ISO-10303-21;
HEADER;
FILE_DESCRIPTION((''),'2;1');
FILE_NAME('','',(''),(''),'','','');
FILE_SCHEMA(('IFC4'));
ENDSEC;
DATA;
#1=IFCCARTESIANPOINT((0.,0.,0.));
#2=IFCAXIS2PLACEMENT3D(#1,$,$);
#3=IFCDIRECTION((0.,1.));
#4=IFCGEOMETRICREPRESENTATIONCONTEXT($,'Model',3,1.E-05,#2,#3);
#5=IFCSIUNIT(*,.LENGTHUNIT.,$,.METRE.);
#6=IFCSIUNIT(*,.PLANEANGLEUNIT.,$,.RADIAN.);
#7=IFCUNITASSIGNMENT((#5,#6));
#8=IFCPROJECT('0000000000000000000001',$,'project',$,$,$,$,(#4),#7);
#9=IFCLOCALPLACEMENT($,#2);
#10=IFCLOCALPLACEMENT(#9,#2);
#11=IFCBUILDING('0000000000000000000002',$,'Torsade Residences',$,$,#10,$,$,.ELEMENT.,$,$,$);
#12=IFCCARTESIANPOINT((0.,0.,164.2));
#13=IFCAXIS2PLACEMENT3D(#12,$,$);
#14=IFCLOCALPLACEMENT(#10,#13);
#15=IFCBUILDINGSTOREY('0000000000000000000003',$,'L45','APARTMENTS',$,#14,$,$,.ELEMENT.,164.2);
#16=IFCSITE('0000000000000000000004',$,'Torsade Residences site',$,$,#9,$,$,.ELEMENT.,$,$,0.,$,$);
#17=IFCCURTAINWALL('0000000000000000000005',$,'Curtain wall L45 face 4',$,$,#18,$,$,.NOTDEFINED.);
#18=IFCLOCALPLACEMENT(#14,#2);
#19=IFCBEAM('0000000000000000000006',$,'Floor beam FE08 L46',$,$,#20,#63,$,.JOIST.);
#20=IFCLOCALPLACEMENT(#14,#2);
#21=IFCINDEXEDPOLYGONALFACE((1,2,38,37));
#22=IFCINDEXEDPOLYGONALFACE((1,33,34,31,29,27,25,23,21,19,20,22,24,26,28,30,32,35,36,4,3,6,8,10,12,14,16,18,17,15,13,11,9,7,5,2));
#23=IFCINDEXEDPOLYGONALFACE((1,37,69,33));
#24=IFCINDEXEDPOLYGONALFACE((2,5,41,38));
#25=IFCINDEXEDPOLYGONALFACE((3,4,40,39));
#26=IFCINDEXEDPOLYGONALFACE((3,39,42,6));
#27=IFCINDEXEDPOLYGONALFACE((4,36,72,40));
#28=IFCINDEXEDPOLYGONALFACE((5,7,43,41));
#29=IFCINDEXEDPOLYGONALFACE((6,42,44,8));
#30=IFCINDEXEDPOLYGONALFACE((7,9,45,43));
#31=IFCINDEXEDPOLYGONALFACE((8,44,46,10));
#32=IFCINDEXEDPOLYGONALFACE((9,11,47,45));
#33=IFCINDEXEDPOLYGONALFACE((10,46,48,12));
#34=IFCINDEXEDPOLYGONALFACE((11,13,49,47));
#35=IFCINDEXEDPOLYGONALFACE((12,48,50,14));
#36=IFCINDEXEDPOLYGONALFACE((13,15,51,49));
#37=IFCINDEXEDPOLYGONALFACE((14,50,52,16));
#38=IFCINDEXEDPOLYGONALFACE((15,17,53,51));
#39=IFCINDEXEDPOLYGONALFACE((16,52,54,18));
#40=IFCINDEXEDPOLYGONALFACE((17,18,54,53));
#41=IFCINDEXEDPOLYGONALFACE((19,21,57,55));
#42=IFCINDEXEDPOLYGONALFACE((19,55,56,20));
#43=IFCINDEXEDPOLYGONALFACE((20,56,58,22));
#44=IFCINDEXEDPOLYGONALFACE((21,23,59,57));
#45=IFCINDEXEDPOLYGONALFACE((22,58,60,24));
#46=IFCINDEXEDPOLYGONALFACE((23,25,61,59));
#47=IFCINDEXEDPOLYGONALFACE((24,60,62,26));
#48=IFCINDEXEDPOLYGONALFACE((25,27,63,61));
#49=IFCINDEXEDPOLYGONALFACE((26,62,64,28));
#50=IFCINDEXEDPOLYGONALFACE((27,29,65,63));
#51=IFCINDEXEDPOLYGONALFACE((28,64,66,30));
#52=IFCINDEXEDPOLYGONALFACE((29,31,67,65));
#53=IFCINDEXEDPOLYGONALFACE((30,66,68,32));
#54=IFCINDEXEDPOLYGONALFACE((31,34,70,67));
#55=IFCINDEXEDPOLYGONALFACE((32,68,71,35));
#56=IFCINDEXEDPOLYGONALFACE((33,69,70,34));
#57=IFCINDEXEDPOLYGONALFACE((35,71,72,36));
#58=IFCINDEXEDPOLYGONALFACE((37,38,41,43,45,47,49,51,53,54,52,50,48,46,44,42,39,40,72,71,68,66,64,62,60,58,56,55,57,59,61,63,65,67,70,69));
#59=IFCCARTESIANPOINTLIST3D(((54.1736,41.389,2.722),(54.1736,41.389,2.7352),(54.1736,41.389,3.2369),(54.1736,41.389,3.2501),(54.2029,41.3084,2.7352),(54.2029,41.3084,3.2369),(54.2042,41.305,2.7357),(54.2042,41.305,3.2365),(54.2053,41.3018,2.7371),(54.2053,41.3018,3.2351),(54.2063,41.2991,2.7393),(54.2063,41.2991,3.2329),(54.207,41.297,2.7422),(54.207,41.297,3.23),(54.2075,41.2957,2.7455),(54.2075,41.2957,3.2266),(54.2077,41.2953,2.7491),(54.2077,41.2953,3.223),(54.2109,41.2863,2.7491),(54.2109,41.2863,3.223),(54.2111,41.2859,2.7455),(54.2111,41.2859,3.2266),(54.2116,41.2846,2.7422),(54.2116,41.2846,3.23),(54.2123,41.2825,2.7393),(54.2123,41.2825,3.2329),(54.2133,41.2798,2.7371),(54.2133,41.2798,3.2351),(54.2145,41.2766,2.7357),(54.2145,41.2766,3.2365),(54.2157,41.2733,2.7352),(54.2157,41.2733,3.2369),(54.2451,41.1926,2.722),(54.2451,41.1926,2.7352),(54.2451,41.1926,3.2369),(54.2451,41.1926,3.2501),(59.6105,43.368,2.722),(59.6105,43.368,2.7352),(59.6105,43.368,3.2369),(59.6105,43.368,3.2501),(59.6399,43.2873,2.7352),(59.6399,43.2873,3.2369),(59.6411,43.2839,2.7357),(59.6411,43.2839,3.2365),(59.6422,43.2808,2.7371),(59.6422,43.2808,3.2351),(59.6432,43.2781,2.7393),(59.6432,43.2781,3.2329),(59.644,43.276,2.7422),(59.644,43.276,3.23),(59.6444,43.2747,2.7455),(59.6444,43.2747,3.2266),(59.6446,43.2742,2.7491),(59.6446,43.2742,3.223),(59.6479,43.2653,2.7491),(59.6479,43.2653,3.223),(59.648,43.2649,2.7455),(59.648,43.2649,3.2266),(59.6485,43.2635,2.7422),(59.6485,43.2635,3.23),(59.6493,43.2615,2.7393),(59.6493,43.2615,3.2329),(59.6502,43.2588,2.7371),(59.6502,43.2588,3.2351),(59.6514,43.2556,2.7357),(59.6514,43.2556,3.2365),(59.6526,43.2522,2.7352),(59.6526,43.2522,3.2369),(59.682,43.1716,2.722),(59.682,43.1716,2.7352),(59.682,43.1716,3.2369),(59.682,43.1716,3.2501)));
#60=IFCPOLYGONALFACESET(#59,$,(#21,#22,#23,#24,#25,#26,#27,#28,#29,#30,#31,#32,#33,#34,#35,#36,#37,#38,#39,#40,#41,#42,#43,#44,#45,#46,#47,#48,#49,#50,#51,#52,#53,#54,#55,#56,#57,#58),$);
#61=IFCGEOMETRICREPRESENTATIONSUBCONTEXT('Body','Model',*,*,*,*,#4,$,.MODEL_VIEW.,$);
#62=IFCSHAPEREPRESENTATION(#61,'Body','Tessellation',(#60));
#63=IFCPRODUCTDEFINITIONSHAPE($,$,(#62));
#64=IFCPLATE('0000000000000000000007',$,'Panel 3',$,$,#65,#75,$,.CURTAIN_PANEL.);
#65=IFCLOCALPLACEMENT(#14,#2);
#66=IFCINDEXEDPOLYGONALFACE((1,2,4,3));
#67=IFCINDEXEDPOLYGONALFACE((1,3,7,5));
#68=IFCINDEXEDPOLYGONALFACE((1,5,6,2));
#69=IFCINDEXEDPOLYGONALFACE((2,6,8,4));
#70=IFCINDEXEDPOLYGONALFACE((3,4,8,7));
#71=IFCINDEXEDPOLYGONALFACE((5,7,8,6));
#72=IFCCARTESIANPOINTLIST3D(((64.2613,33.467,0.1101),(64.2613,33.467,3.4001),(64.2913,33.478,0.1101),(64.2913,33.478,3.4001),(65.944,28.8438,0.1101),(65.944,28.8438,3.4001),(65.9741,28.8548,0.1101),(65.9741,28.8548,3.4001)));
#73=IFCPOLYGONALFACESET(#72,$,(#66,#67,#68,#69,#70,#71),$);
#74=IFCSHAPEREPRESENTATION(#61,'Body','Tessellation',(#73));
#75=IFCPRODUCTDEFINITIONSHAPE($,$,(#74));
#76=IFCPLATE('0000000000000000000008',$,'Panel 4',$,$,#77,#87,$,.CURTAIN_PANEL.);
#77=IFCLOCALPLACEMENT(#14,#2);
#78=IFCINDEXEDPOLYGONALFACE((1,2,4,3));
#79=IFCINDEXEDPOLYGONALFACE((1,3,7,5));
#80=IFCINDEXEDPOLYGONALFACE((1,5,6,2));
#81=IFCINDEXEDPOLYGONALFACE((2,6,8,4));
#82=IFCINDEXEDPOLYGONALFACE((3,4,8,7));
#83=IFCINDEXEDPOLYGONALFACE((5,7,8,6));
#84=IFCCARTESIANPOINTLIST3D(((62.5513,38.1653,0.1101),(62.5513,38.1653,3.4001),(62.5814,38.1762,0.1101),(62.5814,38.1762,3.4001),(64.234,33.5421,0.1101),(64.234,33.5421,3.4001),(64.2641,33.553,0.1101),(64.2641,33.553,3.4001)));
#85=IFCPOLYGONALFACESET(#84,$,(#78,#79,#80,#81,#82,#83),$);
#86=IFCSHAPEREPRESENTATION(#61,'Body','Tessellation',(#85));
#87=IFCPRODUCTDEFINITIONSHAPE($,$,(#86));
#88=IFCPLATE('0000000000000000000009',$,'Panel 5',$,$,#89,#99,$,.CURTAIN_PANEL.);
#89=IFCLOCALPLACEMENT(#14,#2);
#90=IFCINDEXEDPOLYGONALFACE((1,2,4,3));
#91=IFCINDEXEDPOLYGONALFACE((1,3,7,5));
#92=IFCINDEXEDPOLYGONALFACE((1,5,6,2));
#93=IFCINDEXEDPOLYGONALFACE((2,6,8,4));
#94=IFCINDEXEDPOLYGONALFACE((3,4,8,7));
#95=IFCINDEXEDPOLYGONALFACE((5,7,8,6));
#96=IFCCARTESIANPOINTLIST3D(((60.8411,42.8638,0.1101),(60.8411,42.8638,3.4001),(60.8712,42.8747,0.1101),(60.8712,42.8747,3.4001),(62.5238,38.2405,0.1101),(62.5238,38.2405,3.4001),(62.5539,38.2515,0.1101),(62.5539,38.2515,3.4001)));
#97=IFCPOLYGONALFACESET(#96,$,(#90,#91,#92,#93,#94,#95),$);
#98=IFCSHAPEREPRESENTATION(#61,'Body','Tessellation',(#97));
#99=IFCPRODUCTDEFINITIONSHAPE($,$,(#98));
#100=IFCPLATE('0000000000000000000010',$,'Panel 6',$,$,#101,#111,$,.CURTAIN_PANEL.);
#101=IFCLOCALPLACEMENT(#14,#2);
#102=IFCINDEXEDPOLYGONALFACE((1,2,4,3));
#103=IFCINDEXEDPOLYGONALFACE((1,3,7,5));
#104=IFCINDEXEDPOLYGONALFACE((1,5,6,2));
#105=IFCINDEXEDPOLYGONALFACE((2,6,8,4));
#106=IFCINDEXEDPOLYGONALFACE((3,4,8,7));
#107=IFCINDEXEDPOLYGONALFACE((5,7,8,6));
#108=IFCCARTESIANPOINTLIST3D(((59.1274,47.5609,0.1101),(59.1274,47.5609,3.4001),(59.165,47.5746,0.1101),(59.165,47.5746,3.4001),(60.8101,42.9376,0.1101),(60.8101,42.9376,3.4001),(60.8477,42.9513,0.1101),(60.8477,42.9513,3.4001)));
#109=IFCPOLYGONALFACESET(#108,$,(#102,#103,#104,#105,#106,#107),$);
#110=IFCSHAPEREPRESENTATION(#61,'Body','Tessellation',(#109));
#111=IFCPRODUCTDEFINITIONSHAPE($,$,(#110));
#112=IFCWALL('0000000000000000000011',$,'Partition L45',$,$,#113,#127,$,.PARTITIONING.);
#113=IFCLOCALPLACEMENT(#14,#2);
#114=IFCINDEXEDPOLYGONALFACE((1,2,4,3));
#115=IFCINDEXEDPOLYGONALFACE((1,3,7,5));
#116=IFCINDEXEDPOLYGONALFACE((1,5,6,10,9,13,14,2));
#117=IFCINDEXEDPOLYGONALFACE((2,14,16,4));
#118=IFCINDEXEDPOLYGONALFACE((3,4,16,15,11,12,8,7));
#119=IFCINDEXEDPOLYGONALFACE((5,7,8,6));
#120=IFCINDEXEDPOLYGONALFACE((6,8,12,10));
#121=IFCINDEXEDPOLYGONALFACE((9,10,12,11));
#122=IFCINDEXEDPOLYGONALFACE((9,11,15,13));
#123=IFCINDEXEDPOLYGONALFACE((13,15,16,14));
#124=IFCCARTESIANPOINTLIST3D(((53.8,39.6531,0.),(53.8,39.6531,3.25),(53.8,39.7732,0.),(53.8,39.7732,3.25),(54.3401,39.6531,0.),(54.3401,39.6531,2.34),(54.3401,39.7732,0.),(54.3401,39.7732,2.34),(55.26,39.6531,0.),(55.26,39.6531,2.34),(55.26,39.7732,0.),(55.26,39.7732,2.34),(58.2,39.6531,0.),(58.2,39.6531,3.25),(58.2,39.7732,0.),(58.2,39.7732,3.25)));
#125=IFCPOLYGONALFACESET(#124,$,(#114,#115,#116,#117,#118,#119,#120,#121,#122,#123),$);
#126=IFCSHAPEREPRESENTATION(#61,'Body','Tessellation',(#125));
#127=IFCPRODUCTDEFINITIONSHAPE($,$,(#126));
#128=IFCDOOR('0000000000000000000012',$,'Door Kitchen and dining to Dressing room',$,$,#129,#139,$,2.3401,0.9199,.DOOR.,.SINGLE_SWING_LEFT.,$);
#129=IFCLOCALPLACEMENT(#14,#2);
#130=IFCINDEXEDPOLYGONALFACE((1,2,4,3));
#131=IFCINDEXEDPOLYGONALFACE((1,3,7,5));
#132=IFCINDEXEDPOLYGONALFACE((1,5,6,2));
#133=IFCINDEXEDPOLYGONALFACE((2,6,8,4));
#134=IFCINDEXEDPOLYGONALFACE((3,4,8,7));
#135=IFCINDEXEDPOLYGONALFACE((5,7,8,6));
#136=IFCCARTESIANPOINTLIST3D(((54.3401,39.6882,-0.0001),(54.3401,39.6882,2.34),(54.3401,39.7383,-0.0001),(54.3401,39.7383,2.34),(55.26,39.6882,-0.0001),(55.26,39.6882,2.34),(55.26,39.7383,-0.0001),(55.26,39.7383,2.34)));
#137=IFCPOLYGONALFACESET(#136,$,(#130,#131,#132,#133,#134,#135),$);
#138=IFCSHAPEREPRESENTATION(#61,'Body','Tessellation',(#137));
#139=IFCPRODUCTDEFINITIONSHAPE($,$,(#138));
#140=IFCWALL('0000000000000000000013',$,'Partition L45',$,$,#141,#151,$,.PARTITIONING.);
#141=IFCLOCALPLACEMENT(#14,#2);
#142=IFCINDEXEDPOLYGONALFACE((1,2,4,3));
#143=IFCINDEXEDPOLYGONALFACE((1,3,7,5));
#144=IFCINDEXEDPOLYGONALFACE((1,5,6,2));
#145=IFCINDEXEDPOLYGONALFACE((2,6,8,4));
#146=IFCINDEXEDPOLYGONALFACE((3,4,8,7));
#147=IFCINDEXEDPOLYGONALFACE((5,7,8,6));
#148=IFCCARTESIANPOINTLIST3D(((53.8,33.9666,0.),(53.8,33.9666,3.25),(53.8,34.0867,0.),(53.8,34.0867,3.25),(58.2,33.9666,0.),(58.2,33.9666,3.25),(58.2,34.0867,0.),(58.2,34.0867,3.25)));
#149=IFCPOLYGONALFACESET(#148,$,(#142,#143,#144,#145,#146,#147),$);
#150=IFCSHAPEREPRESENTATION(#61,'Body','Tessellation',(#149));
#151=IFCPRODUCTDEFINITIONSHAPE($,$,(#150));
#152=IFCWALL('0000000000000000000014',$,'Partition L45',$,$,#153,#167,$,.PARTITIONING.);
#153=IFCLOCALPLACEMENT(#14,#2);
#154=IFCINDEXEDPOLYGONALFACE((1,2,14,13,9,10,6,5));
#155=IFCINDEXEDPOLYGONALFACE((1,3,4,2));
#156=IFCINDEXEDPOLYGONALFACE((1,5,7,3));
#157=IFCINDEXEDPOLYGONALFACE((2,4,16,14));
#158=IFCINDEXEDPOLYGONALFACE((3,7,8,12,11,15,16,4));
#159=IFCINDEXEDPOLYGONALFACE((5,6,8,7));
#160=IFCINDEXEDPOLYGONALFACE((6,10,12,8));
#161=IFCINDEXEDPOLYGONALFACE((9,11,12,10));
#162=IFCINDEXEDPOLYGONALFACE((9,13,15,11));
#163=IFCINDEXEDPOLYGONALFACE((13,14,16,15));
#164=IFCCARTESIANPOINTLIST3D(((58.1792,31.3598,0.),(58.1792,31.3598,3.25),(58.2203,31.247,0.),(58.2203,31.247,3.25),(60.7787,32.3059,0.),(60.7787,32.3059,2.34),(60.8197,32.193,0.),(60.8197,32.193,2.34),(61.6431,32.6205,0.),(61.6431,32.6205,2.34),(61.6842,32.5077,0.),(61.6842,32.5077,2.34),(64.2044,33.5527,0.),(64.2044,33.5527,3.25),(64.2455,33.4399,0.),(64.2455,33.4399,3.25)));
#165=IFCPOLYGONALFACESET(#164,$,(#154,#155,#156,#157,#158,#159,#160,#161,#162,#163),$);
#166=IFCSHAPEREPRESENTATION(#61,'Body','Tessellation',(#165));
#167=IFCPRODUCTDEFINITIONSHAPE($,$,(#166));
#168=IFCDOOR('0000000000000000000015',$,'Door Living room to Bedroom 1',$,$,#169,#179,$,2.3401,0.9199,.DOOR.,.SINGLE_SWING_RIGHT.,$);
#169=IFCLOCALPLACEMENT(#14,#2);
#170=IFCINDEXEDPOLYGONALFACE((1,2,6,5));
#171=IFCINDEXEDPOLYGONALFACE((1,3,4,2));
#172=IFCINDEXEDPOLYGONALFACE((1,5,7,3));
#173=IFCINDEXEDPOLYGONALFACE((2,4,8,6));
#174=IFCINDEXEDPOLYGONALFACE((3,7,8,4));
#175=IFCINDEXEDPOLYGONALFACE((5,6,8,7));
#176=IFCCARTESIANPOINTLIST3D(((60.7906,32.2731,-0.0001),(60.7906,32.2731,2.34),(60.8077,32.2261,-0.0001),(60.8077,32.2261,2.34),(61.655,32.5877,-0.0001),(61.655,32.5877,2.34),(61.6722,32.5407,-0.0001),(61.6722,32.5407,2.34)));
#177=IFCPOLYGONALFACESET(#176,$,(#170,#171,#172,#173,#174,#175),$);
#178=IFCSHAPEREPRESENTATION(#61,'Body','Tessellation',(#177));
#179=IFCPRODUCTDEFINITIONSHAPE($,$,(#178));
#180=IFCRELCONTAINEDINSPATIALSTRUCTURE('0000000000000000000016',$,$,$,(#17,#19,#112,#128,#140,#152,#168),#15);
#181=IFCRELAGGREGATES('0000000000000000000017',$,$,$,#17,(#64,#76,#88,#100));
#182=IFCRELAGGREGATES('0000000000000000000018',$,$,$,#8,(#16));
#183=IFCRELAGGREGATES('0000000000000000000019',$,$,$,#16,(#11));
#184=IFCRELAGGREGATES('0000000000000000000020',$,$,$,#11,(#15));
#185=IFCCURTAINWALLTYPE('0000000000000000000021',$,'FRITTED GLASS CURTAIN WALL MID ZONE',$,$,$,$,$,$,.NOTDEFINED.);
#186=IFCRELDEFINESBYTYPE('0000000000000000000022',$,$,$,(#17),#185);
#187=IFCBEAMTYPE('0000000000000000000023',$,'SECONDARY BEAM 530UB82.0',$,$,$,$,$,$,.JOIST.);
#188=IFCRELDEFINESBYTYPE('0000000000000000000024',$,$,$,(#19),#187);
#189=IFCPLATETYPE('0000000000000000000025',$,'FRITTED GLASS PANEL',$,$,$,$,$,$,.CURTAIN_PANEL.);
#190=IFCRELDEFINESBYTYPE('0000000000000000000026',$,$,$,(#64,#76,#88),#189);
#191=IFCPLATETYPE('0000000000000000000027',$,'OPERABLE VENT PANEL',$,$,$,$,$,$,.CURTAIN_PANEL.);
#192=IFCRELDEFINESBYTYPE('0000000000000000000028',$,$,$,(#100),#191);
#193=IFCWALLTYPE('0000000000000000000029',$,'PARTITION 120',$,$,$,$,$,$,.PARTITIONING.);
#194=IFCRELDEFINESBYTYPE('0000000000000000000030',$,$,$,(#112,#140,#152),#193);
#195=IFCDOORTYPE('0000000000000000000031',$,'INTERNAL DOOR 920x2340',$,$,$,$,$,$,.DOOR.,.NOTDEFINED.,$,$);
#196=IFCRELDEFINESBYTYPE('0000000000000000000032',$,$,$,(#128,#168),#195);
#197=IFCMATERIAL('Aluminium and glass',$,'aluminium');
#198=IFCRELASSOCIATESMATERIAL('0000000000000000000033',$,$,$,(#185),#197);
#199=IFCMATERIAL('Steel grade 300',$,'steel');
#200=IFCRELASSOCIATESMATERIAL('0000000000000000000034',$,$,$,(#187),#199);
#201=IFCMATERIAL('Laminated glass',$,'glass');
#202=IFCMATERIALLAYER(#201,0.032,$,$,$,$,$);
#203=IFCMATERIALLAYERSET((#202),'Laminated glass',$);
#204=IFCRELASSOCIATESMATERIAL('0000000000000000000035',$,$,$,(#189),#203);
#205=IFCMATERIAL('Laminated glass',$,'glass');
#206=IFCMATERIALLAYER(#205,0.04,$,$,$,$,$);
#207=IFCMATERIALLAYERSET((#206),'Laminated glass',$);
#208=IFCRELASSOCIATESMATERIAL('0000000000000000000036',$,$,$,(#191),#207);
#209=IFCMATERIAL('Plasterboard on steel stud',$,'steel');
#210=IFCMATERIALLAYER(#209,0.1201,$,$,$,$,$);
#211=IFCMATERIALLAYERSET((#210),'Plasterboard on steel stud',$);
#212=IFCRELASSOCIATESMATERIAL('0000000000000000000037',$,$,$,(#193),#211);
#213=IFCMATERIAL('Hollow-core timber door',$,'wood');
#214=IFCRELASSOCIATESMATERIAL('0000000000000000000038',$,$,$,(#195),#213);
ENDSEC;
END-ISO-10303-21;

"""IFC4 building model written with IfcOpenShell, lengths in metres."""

from ifc_helpers import new_model, si_unit, direction, frame, frame_2d, origin, origin_2d, place, context, subcontext, project, spatial, rectangle, i_section, extrude, material, layer, layer_set, material_profile, profile_set, type_object, element, fill, aggregate, save


model = new_model("IFC4")

# Units and contexts
model_context = context("Model", 3, precision=1e-05, world=origin(), true_north=direction((0.0, 1.0)))
body_context = subcontext(model_context, "Body", "Model", "MODEL_VIEW")
ifc_project = project(units=[si_unit("LENGTHUNIT", "METRE"), si_unit("PLANEANGLEUNIT", "RADIAN")], contexts=[model_context])

# Site, building, storey
site_placement = place(None, origin())
site = spatial("IfcSite", under=ifc_project, at=site_placement, Name="Torsade Residences site", CompositionType="ELEMENT", RefElevation=0.0)
building_placement = place(site_placement, origin())
building = spatial("IfcBuilding", under=site, at=building_placement, Name="Torsade Residences", CompositionType="ELEMENT")
storey_placement = place(building_placement, frame((0.0, 0.0, 164.2)))
storey = spatial("IfcBuildingStorey", under=building, at=storey_placement, Name="L45", Description="APARTMENTS", CompositionType="ELEMENT", Elevation=164.2)

# Curtain wall
ifc_material_1 = material(Name="Aluminium and glass", Category="aluminium")
curtain_wall_type = type_object("IfcCurtainWallType", Name="FRITTED GLASS CURTAIN WALL MID ZONE", PredefinedType="NOTDEFINED", material=ifc_material_1)
curtain_wall_placement = place(storey_placement, origin())
curtain_wall = element("IfcCurtainWall", 1, at=curtain_wall_placement, inside=storey, type_object=curtain_wall_type, Name="Curtain wall L45 face 4", PredefinedType="NOTDEFINED")

# Beam
ifc_material_2 = material(Name="Steel grade 300", Category="steel")
ifc_material_profile_1 = material_profile(ifc_material_2, i_section(OverallWidth=0.209, OverallDepth=0.5281, WebThickness=0.0095, FlangeThickness=0.0132, FilletRadius=0.0139, at=origin_2d()), Name="530UB82.0")
ifc_profile_set_1 = profile_set([ifc_material_profile_1], Name="Steel grade 300")
beam_type_1 = type_object("IfcBeamType", Name="SECONDARY BEAM 530UB82.0", PredefinedType="JOIST", material=ifc_profile_set_1)
beam_1_placement = place(storey_placement, frame((59.6462, 43.2698, 2.9861), z_axis=(-0.939687, -0.342034, 0.0), x_axis=(0.342034, -0.939687, 0.0)))
element("IfcBeam", 2, at=beam_1_placement, inside=storey, type_object=beam_type_1, Name="Floor beam FE08 L46", PredefinedType="JOIST", context=body_context, shape_type="SweptSolid", body=[
    extrude(i_section(OverallWidth=0.209, OverallDepth=0.5281, WebThickness=0.0095, FlangeThickness=0.0132, FilletRadius=0.0139, at=origin_2d()), origin(), (0.0, 0.0, 1.0), 5.7859),
])

# Plates
ifc_material_3 = material(Name="Laminated glass", Category="glass")
ifc_layer_1 = layer(ifc_material_3, 0.032)
ifc_layer_set_1 = layer_set([ifc_layer_1], Name="Laminated glass")
plate_type_1 = type_object("IfcPlateType", Name="FRITTED GLASS PANEL", PredefinedType="CURTAIN_PANEL", material=ifc_layer_set_1)
plate_1_placement = place(storey_placement, frame((65.1177, 31.1609, 0.1101), z_axis=(0.0, 0.0, 1.0), x_axis=(-0.34202, 0.939693, 0.0)))
plate_1 = element("IfcPlate", 3, at=plate_1_placement, type_object=plate_type_1, Name="Panel 3", PredefinedType="CURTAIN_PANEL", context=body_context, shape_type="SweptSolid", body=[
    extrude(rectangle(XDim=4.9199, YDim=0.032, at=origin_2d()), origin(), (0.0, 0.0, 1.0), 3.29),
])
plate_2_placement = place(storey_placement, frame((63.4077, 35.8591, 0.1101), z_axis=(0.0, 0.0, 1.0), x_axis=(-0.34202, 0.939693, 0.0)))
plate_2 = element("IfcPlate", 4, at=plate_2_placement, type_object=plate_type_1, Name="Panel 4", PredefinedType="CURTAIN_PANEL", context=body_context, shape_type="SweptSolid", body=[
    extrude(rectangle(XDim=4.9199, YDim=0.032, at=origin_2d()), origin(), (0.0, 0.0, 1.0), 3.29),
])
plate_3_placement = place(storey_placement, frame((61.6975, 40.5576, 0.1101), z_axis=(0.0, 0.0, 1.0), x_axis=(-0.34202, 0.939693, 0.0)))
plate_3 = element("IfcPlate", 5, at=plate_3_placement, type_object=plate_type_1, Name="Panel 5", PredefinedType="CURTAIN_PANEL", context=body_context, shape_type="SweptSolid", body=[
    extrude(rectangle(XDim=4.9199, YDim=0.032, at=origin_2d()), origin(), (0.0, 0.0, 1.0), 3.29),
])
ifc_material_4 = material(Name="Laminated glass", Category="glass")
ifc_layer_2 = layer(ifc_material_4, 0.04)
ifc_layer_set_2 = layer_set([ifc_layer_2], Name="Laminated glass")
plate_type_2 = type_object("IfcPlateType", Name="OPERABLE VENT PANEL", PredefinedType="CURTAIN_PANEL", material=ifc_layer_set_2)
plate_4_placement = place(storey_placement, frame((59.9875, 45.2561, 0.1101), z_axis=(0.0, 0.0, 1.0), x_axis=(-0.34202, 0.939693, 0.0)))
plate_4 = element("IfcPlate", 6, at=plate_4_placement, type_object=plate_type_2, Name="Panel 6", PredefinedType="CURTAIN_PANEL", context=body_context, shape_type="SweptSolid", body=[
    extrude(rectangle(XDim=4.9199, YDim=0.04, at=origin_2d()), origin(), (0.0, 0.0, 1.0), 3.29),
])
aggregate(curtain_wall, [plate_1, plate_2, plate_3, plate_4])

# Wall, opening, door
ifc_material_5 = material(Name="Plasterboard on steel stud", Category="steel")
ifc_layer_3 = layer(ifc_material_5, 0.1201)
ifc_layer_set_3 = layer_set([ifc_layer_3], Name="Plasterboard on steel stud")
wall_type_1 = type_object("IfcWallType", Name="PARTITION 120", PredefinedType="PARTITIONING", material=ifc_layer_set_3)
wall_1_placement = place(storey_placement, frame((58.2, 39.7131, 0.0), z_axis=(0.0, 0.0, 1.0), x_axis=(-1.0, 0.0, 0.0)))
wall_1 = element("IfcWall", 7, at=wall_1_placement, inside=storey, type_object=wall_type_1, Name="Partition L45", PredefinedType="PARTITIONING", context=body_context, shape_type="SweptSolid", body=[
    extrude(rectangle(XDim=4.3999, YDim=0.1201, at=frame_2d((2.2, 0.0))), origin(), (0.0, 0.0, 1.0), 3.25),
])
opening_1_placement = place(wall_1_placement, frame((2.9399, 0.0, 0.0)))
opening_1 = element("IfcOpeningElement", 8, at=opening_1_placement, cuts=wall_1, PredefinedType="OPENING", context=body_context, shape_type="SweptSolid", body=[
    extrude(rectangle(XDim=0.9199, YDim=2.3401, at=frame_2d((0.46, 1.1699))), frame((0.0, 0.0701, 0.0), z_axis=(0.0, -1.0, 0.0), x_axis=(1.0, 0.0, 0.0)), (0.0, 0.0, 1.0), 0.1401),
])
ifc_material_6 = material(Name="Hollow-core timber door", Category="wood")
door_type = type_object("IfcDoorType", Name="INTERNAL DOOR 920x2340", OperationType="NOTDEFINED", PredefinedType="DOOR", material=ifc_material_6)
door_1_placement = place(opening_1_placement, origin())
door_1 = element("IfcDoor", 9, at=door_1_placement, inside=storey, type_object=door_type, Name="Door Kitchen and dining to Dressing room", OperationType="SINGLE_SWING_LEFT", OverallHeight=2.3401, OverallWidth=0.9199, PredefinedType="DOOR", context=body_context, shape_type="SweptSolid", body=[
    extrude(rectangle(XDim=0.9199, YDim=2.3401, at=frame_2d((0.46, 1.1699))), frame((0.0, 0.0249, 0.0), z_axis=(0.0, -1.0, 0.0), x_axis=(1.0, 0.0, 0.0)), (0.0, 0.0, 1.0), 0.05),
])
fill(opening_1, door_1)

# Wall
wall_2_placement = place(storey_placement, frame((58.2, 34.0266, 0.0), z_axis=(0.0, 0.0, 1.0), x_axis=(-1.0, 0.0, 0.0)))
element("IfcWall", 10, at=wall_2_placement, inside=storey, type_object=wall_type_1, Name="Partition L45", PredefinedType="PARTITIONING", context=body_context, shape_type="SweptSolid", body=[
    extrude(rectangle(XDim=4.3999, YDim=0.1201, at=frame_2d((2.2, 0.0))), origin(), (0.0, 0.0, 1.0), 3.25),
])

# Wall, opening, door
wall_3_placement = place(storey_placement, frame((64.2251, 33.4963, 0.0), z_axis=(0.0, 0.0, 1.0), x_axis=(-0.939698, -0.342006, 0.0)))
wall_3 = element("IfcWall", 11, at=wall_3_placement, inside=storey, type_object=wall_type_1, Name="Partition L45", PredefinedType="PARTITIONING", context=body_context, shape_type="SweptSolid", body=[
    extrude(rectangle(XDim=6.4119, YDim=0.1201, at=frame_2d((3.2061, 0.0))), origin(), (0.0, 0.0, 1.0), 3.25),
])
opening_2_placement = place(wall_3_placement, frame((2.7258, 0.0, 0.0)))
opening_2 = element("IfcOpeningElement", 12, at=opening_2_placement, cuts=wall_3, PredefinedType="OPENING", context=body_context, shape_type="SweptSolid", body=[
    extrude(rectangle(XDim=0.9199, YDim=2.3401, at=frame_2d((0.46, 1.1699))), frame((0.0, 0.0701, 0.0), z_axis=(0.0, -1.0, 0.0), x_axis=(1.0, 0.0, 0.0)), (0.0, 0.0, 1.0), 0.1401),
])
door_2_placement = place(opening_2_placement, origin())
door_2 = element("IfcDoor", 13, at=door_2_placement, inside=storey, type_object=door_type, Name="Door Living room to Bedroom 1", OperationType="SINGLE_SWING_RIGHT", OverallHeight=2.3401, OverallWidth=0.9199, PredefinedType="DOOR", context=body_context, shape_type="SweptSolid", body=[
    extrude(rectangle(XDim=0.9199, YDim=2.3401, at=frame_2d((0.46, 1.1699))), frame((0.0, 0.0249, 0.0), z_axis=(0.0, -1.0, 0.0), x_axis=(1.0, 0.0, 0.0)), (0.0, 0.0, 1.0), 0.05),
])
fill(opening_2, door_2)

save(model, "model.ifc")
